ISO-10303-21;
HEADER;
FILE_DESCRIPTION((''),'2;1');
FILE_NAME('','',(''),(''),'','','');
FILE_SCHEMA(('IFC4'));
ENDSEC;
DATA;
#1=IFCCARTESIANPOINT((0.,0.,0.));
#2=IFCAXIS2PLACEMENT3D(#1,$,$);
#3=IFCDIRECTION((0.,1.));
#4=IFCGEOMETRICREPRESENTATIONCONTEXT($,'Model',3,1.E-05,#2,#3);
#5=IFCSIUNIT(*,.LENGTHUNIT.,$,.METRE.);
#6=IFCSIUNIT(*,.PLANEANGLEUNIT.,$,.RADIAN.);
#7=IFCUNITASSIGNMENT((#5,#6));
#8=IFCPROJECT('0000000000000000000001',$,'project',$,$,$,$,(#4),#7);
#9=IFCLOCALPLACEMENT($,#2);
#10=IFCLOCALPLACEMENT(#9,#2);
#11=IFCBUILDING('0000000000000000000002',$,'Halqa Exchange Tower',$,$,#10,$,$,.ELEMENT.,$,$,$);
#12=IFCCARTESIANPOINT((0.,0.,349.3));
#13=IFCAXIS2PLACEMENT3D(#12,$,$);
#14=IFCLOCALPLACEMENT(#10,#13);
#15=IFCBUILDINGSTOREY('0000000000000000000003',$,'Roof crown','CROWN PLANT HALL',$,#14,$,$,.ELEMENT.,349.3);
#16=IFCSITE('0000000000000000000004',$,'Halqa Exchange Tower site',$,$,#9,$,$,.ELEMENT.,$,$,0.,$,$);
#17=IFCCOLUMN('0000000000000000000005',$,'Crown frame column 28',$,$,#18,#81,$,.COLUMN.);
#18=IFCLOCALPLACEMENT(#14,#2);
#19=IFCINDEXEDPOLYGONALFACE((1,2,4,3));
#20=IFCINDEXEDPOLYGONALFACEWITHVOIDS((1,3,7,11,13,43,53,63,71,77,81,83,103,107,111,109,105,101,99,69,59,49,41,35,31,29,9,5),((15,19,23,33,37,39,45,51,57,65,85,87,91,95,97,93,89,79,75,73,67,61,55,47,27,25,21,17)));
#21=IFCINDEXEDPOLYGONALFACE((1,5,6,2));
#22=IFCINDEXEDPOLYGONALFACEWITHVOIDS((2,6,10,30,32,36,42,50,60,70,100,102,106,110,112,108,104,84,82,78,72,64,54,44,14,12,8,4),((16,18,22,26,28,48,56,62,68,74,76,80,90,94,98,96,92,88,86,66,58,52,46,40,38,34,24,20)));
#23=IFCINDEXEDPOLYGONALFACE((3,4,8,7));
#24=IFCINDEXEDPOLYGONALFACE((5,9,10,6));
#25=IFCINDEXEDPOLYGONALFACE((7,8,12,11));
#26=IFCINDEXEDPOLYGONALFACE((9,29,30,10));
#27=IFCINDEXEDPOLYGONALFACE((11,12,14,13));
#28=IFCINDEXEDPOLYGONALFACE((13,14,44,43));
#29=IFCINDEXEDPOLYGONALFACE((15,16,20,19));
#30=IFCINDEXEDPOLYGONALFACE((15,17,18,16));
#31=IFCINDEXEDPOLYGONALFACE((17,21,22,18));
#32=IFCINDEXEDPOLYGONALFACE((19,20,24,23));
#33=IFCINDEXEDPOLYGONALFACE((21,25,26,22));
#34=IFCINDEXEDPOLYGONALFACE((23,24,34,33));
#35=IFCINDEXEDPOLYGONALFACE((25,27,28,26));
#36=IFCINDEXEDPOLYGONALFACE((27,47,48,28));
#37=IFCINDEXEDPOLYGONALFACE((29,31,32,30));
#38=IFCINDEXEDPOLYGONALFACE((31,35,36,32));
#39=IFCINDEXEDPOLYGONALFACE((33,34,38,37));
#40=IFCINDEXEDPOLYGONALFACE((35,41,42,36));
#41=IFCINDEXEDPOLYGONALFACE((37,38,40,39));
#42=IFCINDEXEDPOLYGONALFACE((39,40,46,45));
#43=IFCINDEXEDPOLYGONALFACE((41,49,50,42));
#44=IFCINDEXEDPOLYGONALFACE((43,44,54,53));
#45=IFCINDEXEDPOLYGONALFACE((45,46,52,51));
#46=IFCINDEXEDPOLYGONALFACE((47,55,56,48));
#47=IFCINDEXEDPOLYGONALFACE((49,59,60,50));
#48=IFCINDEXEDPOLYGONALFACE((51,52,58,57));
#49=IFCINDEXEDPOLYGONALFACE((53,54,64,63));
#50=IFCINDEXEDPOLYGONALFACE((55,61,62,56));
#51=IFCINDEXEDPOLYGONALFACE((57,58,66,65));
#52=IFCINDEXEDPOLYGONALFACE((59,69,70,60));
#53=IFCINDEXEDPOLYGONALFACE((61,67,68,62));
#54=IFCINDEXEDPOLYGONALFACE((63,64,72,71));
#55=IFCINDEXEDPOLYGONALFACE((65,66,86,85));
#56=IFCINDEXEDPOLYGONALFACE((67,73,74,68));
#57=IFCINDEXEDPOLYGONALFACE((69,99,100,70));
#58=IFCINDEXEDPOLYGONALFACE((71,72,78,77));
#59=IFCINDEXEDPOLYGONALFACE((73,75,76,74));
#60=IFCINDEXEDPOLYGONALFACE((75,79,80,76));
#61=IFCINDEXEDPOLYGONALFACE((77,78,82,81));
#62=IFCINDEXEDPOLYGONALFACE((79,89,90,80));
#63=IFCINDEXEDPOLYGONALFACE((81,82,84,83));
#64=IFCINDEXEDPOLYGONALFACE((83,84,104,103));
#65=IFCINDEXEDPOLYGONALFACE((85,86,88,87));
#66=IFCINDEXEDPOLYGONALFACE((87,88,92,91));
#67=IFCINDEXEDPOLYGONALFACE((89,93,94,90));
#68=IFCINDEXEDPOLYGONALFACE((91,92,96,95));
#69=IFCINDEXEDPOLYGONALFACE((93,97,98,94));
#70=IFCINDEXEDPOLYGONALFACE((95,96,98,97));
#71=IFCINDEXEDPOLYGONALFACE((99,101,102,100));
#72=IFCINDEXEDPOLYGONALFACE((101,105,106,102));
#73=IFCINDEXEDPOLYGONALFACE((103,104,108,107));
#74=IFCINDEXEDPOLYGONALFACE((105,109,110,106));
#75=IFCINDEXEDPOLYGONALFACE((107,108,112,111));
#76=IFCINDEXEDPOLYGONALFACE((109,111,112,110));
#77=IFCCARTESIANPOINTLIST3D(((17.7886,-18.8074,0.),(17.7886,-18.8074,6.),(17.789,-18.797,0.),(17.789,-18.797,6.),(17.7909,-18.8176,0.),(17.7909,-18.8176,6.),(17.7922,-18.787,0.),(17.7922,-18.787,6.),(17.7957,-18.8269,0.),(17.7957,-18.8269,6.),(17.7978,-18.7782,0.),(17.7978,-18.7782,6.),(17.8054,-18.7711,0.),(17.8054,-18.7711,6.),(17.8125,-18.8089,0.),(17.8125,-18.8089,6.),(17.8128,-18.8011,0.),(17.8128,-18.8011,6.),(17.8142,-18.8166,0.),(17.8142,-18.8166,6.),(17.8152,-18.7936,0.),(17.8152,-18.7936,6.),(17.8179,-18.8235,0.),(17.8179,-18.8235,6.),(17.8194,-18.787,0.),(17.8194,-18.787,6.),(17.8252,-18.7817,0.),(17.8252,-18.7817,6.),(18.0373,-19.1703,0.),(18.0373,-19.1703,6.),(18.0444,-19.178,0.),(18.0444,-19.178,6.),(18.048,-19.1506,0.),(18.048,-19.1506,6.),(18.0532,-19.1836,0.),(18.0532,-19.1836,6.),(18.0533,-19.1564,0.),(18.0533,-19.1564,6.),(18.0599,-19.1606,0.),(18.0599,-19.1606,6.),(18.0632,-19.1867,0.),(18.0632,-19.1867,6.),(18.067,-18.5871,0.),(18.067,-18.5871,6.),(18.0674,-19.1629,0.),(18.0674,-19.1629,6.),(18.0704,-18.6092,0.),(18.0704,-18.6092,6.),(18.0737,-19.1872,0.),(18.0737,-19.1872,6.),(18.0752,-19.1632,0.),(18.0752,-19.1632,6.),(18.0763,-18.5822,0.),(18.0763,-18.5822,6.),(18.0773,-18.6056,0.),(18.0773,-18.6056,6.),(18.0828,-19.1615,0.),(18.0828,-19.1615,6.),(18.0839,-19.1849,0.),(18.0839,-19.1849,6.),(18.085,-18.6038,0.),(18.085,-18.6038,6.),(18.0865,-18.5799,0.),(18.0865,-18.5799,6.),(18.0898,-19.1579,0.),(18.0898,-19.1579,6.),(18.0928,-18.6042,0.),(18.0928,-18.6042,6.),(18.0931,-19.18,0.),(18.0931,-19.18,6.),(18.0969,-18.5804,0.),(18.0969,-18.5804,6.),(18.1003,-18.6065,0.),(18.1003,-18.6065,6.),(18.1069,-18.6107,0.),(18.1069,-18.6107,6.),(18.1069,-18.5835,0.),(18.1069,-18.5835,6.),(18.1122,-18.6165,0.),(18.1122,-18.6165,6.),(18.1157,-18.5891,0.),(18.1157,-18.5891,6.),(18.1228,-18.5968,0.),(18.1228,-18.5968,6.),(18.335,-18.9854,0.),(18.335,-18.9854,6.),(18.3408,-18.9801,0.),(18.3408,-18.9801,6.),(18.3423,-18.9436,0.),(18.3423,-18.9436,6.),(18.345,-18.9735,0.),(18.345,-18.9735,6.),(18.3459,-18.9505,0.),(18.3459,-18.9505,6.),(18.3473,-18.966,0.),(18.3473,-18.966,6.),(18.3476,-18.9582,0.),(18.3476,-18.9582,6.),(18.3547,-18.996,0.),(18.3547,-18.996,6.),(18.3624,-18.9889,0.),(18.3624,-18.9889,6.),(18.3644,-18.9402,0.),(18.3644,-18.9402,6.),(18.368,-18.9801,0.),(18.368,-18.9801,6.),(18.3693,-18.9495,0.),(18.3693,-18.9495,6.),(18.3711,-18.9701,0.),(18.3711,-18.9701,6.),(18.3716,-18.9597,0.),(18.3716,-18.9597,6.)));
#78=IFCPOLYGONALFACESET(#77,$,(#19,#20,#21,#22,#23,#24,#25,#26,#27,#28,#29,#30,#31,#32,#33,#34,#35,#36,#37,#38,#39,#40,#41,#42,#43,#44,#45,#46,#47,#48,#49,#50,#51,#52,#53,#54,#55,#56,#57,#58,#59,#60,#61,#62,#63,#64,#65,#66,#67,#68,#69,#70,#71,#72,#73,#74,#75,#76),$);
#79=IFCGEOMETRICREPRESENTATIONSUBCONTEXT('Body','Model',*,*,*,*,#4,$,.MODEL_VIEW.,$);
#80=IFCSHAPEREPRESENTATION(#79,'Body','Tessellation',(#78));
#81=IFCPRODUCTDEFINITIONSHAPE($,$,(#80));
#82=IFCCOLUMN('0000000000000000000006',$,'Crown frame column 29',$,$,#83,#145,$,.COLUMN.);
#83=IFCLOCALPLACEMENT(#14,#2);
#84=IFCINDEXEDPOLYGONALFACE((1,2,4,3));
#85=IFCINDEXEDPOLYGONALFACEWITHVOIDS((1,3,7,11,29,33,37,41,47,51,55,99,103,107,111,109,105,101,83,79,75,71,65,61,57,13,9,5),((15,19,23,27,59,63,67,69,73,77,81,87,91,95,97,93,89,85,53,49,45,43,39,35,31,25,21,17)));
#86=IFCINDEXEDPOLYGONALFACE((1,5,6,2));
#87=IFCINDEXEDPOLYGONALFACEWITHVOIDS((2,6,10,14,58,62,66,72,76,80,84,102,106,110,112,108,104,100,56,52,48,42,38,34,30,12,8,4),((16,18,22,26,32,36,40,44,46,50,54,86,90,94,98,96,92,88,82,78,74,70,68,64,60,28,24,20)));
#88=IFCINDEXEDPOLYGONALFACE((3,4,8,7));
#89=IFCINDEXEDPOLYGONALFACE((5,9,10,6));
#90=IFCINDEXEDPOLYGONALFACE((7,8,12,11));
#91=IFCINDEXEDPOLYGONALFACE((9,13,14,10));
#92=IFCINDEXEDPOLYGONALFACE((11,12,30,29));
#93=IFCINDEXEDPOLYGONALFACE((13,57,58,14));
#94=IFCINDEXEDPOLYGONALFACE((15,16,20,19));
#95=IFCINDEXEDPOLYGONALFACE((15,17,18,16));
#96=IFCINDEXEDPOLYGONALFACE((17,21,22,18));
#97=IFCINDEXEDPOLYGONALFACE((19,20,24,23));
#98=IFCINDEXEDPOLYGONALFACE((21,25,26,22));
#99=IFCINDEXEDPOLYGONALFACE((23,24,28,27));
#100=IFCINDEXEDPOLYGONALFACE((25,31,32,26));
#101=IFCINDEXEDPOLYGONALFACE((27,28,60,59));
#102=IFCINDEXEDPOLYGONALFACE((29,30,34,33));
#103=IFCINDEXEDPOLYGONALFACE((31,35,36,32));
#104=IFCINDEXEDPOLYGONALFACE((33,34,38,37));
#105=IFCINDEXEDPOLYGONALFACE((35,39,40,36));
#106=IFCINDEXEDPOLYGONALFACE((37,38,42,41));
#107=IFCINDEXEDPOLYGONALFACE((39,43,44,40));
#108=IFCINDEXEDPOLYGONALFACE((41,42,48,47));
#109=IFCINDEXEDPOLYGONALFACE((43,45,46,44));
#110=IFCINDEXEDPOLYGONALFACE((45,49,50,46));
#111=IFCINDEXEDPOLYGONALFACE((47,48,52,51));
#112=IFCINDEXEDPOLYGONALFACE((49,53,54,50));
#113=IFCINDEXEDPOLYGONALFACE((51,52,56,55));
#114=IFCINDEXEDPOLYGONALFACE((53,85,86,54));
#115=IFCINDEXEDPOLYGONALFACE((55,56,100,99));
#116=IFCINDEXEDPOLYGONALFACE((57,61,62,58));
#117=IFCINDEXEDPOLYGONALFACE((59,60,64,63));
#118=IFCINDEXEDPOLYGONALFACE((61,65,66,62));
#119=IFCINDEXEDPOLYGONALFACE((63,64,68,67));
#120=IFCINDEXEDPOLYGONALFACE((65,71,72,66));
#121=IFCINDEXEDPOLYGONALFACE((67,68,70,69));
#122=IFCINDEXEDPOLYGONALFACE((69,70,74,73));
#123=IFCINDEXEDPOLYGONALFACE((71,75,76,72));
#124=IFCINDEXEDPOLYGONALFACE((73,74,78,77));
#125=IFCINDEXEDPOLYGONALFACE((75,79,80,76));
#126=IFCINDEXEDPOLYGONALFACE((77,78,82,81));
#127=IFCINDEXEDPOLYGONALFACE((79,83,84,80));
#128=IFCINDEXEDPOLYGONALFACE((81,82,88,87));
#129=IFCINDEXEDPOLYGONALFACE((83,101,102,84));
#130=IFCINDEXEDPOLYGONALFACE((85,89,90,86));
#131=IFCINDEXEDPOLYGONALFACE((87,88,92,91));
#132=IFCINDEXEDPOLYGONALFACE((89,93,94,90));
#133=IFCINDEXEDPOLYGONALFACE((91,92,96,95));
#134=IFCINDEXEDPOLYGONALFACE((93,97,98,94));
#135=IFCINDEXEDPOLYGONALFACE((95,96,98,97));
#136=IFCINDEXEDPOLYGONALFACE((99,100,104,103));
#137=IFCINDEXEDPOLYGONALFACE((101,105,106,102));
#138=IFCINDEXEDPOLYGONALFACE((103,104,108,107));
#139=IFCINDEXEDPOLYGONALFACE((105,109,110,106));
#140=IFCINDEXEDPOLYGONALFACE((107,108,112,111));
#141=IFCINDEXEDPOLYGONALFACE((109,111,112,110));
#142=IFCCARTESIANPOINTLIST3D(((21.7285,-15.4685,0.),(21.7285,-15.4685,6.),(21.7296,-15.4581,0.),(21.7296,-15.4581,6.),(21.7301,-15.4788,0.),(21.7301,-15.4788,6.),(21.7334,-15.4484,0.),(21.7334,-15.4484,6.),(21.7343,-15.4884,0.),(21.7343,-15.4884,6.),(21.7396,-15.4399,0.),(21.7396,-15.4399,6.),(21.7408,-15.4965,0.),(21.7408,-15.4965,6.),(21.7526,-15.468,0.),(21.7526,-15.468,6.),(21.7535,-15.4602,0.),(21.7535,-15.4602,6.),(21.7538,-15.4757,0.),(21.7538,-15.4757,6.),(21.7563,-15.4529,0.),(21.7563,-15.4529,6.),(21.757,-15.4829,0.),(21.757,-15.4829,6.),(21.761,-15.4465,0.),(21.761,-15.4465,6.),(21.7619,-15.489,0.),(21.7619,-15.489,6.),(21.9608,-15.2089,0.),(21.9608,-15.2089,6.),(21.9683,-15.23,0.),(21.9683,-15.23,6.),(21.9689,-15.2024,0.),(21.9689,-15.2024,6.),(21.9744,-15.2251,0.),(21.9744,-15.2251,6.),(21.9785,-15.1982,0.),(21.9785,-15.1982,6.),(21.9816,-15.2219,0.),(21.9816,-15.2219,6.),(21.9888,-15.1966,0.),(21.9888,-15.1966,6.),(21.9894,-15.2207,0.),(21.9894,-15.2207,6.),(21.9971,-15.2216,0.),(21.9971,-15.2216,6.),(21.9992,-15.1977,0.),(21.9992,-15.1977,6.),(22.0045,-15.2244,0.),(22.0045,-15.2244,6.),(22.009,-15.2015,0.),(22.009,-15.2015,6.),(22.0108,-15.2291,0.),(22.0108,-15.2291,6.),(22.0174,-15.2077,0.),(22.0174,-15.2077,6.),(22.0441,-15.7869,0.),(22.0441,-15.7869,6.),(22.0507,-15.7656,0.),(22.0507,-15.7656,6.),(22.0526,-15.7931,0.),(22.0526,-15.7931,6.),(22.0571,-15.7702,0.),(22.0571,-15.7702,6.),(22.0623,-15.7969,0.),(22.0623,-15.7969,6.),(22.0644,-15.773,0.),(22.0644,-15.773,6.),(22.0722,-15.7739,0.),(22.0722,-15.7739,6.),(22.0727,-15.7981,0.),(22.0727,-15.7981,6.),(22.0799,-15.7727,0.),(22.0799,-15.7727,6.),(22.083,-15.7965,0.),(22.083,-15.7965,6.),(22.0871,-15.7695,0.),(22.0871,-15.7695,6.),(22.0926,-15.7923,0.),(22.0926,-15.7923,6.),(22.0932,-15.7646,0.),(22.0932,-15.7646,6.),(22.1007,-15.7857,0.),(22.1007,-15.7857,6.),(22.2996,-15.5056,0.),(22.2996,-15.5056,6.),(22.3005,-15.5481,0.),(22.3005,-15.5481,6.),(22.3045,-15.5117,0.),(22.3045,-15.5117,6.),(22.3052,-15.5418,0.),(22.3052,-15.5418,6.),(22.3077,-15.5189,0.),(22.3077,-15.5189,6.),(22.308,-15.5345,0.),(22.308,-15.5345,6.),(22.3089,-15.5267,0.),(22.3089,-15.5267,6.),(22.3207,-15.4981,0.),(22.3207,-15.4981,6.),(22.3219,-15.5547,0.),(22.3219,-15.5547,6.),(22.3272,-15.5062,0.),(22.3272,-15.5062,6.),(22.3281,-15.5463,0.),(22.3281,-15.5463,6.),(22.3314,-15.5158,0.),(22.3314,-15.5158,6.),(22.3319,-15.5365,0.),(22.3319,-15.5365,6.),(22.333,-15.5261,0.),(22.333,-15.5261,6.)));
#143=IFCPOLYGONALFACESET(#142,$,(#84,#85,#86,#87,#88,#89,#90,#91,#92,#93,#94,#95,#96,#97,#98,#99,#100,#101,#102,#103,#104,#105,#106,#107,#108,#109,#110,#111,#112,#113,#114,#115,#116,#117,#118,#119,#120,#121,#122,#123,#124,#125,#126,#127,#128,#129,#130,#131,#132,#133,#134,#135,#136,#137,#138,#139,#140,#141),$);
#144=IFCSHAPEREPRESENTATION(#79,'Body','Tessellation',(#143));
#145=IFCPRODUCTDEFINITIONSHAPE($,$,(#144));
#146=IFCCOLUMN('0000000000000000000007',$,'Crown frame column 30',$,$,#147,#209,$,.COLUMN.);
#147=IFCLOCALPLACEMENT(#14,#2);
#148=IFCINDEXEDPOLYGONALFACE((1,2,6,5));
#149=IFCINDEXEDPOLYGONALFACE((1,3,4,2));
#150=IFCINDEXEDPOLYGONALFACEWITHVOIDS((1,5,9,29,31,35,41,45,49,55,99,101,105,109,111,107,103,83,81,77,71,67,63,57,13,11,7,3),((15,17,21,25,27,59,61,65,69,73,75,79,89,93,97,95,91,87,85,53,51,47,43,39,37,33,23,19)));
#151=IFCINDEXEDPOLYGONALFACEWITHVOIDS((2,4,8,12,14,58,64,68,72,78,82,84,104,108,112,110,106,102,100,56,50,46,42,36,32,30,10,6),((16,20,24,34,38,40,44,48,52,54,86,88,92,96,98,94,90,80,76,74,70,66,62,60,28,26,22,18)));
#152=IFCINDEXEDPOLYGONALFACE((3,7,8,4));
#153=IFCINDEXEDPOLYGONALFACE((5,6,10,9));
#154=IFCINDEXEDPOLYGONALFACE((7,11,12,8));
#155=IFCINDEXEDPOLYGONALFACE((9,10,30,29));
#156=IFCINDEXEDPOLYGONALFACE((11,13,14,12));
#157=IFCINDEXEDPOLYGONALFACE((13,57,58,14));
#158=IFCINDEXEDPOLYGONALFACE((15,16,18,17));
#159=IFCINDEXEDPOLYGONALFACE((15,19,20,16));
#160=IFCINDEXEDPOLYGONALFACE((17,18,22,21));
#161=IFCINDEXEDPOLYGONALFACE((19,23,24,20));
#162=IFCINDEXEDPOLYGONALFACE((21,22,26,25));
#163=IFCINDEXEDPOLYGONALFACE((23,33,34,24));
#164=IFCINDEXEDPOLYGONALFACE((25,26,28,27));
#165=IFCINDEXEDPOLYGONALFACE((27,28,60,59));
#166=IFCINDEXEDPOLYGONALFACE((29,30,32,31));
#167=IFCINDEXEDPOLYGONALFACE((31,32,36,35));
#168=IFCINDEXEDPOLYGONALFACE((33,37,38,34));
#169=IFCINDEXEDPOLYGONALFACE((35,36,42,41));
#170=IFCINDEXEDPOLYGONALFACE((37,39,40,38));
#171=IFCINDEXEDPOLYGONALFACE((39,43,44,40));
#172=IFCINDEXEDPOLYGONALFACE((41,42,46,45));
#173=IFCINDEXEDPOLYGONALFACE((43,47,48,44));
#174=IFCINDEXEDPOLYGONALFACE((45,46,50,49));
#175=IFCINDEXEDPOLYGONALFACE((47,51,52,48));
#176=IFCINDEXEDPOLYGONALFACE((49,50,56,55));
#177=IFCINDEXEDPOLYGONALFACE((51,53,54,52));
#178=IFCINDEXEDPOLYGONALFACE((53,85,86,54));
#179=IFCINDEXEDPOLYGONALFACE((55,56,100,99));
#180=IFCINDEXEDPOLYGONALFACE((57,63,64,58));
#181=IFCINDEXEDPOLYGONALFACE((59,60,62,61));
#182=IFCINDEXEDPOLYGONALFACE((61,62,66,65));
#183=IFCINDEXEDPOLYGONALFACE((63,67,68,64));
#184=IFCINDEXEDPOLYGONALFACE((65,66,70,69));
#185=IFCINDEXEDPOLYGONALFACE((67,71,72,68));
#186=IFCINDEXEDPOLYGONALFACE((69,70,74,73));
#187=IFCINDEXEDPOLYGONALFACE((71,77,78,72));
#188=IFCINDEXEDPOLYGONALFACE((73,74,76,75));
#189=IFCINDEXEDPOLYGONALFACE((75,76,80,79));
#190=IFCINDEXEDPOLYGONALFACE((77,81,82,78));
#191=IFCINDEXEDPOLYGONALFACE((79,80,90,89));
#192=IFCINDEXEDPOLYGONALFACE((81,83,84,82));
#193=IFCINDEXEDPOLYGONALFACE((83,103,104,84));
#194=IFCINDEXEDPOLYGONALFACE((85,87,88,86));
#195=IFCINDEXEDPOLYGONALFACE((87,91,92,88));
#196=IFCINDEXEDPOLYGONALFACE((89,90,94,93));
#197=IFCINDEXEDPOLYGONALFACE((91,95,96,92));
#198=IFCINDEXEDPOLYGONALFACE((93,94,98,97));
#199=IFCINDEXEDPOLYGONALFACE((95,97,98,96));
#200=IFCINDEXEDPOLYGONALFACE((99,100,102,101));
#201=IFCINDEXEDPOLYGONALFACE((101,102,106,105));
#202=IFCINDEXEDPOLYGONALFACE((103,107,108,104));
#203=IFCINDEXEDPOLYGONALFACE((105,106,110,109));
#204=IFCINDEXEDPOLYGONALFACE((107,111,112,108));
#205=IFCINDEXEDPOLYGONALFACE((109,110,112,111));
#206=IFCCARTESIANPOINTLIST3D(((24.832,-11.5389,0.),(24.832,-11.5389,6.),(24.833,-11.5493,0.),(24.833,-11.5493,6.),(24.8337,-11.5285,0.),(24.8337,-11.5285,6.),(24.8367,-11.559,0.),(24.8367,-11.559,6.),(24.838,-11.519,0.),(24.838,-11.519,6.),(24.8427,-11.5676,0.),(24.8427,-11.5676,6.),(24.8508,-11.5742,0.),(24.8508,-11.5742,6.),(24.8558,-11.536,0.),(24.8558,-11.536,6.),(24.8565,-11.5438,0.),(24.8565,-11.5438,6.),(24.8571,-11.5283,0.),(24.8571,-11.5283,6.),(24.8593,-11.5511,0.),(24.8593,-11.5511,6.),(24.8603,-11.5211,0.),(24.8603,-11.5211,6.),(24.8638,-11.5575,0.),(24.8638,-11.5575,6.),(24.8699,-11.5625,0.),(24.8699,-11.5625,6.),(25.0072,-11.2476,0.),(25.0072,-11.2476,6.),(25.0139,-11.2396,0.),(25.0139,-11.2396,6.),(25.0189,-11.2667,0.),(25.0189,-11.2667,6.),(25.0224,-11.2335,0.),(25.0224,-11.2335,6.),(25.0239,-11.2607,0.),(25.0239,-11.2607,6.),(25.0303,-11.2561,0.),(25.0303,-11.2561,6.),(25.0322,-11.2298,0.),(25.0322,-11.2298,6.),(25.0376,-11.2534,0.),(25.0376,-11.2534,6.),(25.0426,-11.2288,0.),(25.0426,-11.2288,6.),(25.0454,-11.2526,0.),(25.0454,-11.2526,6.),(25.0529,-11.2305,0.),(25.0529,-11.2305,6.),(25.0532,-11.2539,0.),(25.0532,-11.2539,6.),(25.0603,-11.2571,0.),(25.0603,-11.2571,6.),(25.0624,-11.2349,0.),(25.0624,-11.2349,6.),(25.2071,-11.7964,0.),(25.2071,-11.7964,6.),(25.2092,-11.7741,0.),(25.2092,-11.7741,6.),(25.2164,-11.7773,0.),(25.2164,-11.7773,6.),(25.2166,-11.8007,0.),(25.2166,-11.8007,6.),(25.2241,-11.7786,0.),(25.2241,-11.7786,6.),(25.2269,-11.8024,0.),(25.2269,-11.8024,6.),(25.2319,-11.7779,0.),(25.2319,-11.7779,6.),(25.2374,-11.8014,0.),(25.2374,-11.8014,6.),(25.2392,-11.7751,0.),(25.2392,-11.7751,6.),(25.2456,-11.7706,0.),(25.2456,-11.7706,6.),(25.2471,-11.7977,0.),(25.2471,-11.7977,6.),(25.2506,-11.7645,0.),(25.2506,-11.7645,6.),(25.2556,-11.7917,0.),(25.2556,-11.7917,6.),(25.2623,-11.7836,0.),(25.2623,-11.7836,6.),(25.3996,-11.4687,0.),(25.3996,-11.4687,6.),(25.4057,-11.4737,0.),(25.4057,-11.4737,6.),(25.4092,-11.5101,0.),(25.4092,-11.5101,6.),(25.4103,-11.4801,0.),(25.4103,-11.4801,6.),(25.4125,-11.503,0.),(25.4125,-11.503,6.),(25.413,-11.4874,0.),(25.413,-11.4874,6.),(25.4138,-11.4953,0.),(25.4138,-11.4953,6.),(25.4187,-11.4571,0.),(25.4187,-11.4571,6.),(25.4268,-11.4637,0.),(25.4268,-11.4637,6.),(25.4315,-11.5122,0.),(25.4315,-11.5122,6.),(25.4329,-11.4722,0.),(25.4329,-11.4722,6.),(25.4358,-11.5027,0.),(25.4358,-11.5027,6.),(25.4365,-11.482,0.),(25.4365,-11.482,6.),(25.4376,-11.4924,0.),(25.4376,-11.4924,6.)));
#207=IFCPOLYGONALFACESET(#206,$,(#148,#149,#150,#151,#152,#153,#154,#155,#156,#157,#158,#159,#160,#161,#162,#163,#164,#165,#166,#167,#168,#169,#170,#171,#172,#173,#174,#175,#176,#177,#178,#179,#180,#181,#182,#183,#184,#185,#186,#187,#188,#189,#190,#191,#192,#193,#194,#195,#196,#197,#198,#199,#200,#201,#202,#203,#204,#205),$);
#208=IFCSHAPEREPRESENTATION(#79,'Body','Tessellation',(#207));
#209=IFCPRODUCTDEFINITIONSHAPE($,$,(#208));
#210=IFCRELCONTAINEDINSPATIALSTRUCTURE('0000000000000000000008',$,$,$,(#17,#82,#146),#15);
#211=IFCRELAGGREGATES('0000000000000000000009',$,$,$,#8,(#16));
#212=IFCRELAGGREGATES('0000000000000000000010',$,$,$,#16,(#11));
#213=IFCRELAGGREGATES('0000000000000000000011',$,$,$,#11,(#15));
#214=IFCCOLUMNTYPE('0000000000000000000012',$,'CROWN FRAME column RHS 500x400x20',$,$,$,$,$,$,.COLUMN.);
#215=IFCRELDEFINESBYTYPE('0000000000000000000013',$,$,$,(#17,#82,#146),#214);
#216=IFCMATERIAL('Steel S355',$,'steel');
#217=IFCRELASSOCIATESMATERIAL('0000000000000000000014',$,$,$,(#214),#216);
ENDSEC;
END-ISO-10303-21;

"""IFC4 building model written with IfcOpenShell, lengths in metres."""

from ifc_helpers import new_model, si_unit, direction, frame, origin, origin_2d, place, context, subcontext, project, spatial, hollow_rectangle, extrude, material, material_profile, profile_set, type_object, element, save


model = new_model("IFC4")

# Units and contexts
model_context = context("Model", 3, precision=1e-05, world=origin(), true_north=direction((0.0, 1.0)))
body_context = subcontext(model_context, "Body", "Model", "MODEL_VIEW")
ifc_project = project(units=[si_unit("LENGTHUNIT", "METRE"), si_unit("PLANEANGLEUNIT", "RADIAN")], contexts=[model_context])

# Site, building, storey
site_placement = place(None, origin())
site = spatial("IfcSite", under=ifc_project, at=site_placement, Name="Halqa Exchange Tower site", CompositionType="ELEMENT", RefElevation=0.0)
building_placement = place(site_placement, origin())
building = spatial("IfcBuilding", under=site, at=building_placement, Name="Halqa Exchange Tower", CompositionType="ELEMENT")
storey_placement = place(building_placement, frame((0.0, 0.0, 349.3)))
storey = spatial("IfcBuildingStorey", under=building, at=storey_placement, Name="Roof crown", Description="CROWN PLANT HALL", CompositionType="ELEMENT", Elevation=349.3)

# Columns
ifc_material_1 = material(Name="Steel S355", Category="steel")
ifc_material_profile_1 = material_profile(ifc_material_1, hollow_rectangle(XDim=0.3999, YDim=0.5, WallThickness=0.02, InnerFilletRadius=0.03, OuterFilletRadius=0.04, at=origin_2d()), Name="RHS 500x400x20")
ifc_profile_set_1 = profile_set([ifc_material_profile_1], Name="Steel S355")
column_type = type_object("IfcColumnType", Name="CROWN FRAME column RHS 500x400x20", PredefinedType="COLUMN", material=ifc_profile_set_1)
for number, where, z_axis, x_axis, name in (
    (1, (18.0801, -18.8835, 0.0), (0.0, 0.0, 1.0), (0.817907, 0.575351, 0.0), "Crown frame column 28"),
    (2, (22.0308, -15.4973, 0.0), (0.0, 0.0, 1.0), (0.691579, 0.722301, 0.0), "Crown frame column 29"),
    (3, (25.1348, -11.5156, 0.0), (0.0, 0.0, 1.0), (0.52914, 0.848534, 0.0), "Crown frame column 30"),
):
    element("IfcColumn", number, at=place(storey_placement, frame(where, z_axis=z_axis, x_axis=x_axis)), inside=storey, type_object=column_type, Name=name, PredefinedType="COLUMN", context=body_context, shape_type="SweptSolid", body=[
        extrude(hollow_rectangle(XDim=0.3999, YDim=0.5, WallThickness=0.02, InnerFilletRadius=0.03, OuterFilletRadius=0.04, at=origin_2d()), origin(), (0.0, 0.0, 1.0), 6.0),
    ])

save(model, "model.ifc")
